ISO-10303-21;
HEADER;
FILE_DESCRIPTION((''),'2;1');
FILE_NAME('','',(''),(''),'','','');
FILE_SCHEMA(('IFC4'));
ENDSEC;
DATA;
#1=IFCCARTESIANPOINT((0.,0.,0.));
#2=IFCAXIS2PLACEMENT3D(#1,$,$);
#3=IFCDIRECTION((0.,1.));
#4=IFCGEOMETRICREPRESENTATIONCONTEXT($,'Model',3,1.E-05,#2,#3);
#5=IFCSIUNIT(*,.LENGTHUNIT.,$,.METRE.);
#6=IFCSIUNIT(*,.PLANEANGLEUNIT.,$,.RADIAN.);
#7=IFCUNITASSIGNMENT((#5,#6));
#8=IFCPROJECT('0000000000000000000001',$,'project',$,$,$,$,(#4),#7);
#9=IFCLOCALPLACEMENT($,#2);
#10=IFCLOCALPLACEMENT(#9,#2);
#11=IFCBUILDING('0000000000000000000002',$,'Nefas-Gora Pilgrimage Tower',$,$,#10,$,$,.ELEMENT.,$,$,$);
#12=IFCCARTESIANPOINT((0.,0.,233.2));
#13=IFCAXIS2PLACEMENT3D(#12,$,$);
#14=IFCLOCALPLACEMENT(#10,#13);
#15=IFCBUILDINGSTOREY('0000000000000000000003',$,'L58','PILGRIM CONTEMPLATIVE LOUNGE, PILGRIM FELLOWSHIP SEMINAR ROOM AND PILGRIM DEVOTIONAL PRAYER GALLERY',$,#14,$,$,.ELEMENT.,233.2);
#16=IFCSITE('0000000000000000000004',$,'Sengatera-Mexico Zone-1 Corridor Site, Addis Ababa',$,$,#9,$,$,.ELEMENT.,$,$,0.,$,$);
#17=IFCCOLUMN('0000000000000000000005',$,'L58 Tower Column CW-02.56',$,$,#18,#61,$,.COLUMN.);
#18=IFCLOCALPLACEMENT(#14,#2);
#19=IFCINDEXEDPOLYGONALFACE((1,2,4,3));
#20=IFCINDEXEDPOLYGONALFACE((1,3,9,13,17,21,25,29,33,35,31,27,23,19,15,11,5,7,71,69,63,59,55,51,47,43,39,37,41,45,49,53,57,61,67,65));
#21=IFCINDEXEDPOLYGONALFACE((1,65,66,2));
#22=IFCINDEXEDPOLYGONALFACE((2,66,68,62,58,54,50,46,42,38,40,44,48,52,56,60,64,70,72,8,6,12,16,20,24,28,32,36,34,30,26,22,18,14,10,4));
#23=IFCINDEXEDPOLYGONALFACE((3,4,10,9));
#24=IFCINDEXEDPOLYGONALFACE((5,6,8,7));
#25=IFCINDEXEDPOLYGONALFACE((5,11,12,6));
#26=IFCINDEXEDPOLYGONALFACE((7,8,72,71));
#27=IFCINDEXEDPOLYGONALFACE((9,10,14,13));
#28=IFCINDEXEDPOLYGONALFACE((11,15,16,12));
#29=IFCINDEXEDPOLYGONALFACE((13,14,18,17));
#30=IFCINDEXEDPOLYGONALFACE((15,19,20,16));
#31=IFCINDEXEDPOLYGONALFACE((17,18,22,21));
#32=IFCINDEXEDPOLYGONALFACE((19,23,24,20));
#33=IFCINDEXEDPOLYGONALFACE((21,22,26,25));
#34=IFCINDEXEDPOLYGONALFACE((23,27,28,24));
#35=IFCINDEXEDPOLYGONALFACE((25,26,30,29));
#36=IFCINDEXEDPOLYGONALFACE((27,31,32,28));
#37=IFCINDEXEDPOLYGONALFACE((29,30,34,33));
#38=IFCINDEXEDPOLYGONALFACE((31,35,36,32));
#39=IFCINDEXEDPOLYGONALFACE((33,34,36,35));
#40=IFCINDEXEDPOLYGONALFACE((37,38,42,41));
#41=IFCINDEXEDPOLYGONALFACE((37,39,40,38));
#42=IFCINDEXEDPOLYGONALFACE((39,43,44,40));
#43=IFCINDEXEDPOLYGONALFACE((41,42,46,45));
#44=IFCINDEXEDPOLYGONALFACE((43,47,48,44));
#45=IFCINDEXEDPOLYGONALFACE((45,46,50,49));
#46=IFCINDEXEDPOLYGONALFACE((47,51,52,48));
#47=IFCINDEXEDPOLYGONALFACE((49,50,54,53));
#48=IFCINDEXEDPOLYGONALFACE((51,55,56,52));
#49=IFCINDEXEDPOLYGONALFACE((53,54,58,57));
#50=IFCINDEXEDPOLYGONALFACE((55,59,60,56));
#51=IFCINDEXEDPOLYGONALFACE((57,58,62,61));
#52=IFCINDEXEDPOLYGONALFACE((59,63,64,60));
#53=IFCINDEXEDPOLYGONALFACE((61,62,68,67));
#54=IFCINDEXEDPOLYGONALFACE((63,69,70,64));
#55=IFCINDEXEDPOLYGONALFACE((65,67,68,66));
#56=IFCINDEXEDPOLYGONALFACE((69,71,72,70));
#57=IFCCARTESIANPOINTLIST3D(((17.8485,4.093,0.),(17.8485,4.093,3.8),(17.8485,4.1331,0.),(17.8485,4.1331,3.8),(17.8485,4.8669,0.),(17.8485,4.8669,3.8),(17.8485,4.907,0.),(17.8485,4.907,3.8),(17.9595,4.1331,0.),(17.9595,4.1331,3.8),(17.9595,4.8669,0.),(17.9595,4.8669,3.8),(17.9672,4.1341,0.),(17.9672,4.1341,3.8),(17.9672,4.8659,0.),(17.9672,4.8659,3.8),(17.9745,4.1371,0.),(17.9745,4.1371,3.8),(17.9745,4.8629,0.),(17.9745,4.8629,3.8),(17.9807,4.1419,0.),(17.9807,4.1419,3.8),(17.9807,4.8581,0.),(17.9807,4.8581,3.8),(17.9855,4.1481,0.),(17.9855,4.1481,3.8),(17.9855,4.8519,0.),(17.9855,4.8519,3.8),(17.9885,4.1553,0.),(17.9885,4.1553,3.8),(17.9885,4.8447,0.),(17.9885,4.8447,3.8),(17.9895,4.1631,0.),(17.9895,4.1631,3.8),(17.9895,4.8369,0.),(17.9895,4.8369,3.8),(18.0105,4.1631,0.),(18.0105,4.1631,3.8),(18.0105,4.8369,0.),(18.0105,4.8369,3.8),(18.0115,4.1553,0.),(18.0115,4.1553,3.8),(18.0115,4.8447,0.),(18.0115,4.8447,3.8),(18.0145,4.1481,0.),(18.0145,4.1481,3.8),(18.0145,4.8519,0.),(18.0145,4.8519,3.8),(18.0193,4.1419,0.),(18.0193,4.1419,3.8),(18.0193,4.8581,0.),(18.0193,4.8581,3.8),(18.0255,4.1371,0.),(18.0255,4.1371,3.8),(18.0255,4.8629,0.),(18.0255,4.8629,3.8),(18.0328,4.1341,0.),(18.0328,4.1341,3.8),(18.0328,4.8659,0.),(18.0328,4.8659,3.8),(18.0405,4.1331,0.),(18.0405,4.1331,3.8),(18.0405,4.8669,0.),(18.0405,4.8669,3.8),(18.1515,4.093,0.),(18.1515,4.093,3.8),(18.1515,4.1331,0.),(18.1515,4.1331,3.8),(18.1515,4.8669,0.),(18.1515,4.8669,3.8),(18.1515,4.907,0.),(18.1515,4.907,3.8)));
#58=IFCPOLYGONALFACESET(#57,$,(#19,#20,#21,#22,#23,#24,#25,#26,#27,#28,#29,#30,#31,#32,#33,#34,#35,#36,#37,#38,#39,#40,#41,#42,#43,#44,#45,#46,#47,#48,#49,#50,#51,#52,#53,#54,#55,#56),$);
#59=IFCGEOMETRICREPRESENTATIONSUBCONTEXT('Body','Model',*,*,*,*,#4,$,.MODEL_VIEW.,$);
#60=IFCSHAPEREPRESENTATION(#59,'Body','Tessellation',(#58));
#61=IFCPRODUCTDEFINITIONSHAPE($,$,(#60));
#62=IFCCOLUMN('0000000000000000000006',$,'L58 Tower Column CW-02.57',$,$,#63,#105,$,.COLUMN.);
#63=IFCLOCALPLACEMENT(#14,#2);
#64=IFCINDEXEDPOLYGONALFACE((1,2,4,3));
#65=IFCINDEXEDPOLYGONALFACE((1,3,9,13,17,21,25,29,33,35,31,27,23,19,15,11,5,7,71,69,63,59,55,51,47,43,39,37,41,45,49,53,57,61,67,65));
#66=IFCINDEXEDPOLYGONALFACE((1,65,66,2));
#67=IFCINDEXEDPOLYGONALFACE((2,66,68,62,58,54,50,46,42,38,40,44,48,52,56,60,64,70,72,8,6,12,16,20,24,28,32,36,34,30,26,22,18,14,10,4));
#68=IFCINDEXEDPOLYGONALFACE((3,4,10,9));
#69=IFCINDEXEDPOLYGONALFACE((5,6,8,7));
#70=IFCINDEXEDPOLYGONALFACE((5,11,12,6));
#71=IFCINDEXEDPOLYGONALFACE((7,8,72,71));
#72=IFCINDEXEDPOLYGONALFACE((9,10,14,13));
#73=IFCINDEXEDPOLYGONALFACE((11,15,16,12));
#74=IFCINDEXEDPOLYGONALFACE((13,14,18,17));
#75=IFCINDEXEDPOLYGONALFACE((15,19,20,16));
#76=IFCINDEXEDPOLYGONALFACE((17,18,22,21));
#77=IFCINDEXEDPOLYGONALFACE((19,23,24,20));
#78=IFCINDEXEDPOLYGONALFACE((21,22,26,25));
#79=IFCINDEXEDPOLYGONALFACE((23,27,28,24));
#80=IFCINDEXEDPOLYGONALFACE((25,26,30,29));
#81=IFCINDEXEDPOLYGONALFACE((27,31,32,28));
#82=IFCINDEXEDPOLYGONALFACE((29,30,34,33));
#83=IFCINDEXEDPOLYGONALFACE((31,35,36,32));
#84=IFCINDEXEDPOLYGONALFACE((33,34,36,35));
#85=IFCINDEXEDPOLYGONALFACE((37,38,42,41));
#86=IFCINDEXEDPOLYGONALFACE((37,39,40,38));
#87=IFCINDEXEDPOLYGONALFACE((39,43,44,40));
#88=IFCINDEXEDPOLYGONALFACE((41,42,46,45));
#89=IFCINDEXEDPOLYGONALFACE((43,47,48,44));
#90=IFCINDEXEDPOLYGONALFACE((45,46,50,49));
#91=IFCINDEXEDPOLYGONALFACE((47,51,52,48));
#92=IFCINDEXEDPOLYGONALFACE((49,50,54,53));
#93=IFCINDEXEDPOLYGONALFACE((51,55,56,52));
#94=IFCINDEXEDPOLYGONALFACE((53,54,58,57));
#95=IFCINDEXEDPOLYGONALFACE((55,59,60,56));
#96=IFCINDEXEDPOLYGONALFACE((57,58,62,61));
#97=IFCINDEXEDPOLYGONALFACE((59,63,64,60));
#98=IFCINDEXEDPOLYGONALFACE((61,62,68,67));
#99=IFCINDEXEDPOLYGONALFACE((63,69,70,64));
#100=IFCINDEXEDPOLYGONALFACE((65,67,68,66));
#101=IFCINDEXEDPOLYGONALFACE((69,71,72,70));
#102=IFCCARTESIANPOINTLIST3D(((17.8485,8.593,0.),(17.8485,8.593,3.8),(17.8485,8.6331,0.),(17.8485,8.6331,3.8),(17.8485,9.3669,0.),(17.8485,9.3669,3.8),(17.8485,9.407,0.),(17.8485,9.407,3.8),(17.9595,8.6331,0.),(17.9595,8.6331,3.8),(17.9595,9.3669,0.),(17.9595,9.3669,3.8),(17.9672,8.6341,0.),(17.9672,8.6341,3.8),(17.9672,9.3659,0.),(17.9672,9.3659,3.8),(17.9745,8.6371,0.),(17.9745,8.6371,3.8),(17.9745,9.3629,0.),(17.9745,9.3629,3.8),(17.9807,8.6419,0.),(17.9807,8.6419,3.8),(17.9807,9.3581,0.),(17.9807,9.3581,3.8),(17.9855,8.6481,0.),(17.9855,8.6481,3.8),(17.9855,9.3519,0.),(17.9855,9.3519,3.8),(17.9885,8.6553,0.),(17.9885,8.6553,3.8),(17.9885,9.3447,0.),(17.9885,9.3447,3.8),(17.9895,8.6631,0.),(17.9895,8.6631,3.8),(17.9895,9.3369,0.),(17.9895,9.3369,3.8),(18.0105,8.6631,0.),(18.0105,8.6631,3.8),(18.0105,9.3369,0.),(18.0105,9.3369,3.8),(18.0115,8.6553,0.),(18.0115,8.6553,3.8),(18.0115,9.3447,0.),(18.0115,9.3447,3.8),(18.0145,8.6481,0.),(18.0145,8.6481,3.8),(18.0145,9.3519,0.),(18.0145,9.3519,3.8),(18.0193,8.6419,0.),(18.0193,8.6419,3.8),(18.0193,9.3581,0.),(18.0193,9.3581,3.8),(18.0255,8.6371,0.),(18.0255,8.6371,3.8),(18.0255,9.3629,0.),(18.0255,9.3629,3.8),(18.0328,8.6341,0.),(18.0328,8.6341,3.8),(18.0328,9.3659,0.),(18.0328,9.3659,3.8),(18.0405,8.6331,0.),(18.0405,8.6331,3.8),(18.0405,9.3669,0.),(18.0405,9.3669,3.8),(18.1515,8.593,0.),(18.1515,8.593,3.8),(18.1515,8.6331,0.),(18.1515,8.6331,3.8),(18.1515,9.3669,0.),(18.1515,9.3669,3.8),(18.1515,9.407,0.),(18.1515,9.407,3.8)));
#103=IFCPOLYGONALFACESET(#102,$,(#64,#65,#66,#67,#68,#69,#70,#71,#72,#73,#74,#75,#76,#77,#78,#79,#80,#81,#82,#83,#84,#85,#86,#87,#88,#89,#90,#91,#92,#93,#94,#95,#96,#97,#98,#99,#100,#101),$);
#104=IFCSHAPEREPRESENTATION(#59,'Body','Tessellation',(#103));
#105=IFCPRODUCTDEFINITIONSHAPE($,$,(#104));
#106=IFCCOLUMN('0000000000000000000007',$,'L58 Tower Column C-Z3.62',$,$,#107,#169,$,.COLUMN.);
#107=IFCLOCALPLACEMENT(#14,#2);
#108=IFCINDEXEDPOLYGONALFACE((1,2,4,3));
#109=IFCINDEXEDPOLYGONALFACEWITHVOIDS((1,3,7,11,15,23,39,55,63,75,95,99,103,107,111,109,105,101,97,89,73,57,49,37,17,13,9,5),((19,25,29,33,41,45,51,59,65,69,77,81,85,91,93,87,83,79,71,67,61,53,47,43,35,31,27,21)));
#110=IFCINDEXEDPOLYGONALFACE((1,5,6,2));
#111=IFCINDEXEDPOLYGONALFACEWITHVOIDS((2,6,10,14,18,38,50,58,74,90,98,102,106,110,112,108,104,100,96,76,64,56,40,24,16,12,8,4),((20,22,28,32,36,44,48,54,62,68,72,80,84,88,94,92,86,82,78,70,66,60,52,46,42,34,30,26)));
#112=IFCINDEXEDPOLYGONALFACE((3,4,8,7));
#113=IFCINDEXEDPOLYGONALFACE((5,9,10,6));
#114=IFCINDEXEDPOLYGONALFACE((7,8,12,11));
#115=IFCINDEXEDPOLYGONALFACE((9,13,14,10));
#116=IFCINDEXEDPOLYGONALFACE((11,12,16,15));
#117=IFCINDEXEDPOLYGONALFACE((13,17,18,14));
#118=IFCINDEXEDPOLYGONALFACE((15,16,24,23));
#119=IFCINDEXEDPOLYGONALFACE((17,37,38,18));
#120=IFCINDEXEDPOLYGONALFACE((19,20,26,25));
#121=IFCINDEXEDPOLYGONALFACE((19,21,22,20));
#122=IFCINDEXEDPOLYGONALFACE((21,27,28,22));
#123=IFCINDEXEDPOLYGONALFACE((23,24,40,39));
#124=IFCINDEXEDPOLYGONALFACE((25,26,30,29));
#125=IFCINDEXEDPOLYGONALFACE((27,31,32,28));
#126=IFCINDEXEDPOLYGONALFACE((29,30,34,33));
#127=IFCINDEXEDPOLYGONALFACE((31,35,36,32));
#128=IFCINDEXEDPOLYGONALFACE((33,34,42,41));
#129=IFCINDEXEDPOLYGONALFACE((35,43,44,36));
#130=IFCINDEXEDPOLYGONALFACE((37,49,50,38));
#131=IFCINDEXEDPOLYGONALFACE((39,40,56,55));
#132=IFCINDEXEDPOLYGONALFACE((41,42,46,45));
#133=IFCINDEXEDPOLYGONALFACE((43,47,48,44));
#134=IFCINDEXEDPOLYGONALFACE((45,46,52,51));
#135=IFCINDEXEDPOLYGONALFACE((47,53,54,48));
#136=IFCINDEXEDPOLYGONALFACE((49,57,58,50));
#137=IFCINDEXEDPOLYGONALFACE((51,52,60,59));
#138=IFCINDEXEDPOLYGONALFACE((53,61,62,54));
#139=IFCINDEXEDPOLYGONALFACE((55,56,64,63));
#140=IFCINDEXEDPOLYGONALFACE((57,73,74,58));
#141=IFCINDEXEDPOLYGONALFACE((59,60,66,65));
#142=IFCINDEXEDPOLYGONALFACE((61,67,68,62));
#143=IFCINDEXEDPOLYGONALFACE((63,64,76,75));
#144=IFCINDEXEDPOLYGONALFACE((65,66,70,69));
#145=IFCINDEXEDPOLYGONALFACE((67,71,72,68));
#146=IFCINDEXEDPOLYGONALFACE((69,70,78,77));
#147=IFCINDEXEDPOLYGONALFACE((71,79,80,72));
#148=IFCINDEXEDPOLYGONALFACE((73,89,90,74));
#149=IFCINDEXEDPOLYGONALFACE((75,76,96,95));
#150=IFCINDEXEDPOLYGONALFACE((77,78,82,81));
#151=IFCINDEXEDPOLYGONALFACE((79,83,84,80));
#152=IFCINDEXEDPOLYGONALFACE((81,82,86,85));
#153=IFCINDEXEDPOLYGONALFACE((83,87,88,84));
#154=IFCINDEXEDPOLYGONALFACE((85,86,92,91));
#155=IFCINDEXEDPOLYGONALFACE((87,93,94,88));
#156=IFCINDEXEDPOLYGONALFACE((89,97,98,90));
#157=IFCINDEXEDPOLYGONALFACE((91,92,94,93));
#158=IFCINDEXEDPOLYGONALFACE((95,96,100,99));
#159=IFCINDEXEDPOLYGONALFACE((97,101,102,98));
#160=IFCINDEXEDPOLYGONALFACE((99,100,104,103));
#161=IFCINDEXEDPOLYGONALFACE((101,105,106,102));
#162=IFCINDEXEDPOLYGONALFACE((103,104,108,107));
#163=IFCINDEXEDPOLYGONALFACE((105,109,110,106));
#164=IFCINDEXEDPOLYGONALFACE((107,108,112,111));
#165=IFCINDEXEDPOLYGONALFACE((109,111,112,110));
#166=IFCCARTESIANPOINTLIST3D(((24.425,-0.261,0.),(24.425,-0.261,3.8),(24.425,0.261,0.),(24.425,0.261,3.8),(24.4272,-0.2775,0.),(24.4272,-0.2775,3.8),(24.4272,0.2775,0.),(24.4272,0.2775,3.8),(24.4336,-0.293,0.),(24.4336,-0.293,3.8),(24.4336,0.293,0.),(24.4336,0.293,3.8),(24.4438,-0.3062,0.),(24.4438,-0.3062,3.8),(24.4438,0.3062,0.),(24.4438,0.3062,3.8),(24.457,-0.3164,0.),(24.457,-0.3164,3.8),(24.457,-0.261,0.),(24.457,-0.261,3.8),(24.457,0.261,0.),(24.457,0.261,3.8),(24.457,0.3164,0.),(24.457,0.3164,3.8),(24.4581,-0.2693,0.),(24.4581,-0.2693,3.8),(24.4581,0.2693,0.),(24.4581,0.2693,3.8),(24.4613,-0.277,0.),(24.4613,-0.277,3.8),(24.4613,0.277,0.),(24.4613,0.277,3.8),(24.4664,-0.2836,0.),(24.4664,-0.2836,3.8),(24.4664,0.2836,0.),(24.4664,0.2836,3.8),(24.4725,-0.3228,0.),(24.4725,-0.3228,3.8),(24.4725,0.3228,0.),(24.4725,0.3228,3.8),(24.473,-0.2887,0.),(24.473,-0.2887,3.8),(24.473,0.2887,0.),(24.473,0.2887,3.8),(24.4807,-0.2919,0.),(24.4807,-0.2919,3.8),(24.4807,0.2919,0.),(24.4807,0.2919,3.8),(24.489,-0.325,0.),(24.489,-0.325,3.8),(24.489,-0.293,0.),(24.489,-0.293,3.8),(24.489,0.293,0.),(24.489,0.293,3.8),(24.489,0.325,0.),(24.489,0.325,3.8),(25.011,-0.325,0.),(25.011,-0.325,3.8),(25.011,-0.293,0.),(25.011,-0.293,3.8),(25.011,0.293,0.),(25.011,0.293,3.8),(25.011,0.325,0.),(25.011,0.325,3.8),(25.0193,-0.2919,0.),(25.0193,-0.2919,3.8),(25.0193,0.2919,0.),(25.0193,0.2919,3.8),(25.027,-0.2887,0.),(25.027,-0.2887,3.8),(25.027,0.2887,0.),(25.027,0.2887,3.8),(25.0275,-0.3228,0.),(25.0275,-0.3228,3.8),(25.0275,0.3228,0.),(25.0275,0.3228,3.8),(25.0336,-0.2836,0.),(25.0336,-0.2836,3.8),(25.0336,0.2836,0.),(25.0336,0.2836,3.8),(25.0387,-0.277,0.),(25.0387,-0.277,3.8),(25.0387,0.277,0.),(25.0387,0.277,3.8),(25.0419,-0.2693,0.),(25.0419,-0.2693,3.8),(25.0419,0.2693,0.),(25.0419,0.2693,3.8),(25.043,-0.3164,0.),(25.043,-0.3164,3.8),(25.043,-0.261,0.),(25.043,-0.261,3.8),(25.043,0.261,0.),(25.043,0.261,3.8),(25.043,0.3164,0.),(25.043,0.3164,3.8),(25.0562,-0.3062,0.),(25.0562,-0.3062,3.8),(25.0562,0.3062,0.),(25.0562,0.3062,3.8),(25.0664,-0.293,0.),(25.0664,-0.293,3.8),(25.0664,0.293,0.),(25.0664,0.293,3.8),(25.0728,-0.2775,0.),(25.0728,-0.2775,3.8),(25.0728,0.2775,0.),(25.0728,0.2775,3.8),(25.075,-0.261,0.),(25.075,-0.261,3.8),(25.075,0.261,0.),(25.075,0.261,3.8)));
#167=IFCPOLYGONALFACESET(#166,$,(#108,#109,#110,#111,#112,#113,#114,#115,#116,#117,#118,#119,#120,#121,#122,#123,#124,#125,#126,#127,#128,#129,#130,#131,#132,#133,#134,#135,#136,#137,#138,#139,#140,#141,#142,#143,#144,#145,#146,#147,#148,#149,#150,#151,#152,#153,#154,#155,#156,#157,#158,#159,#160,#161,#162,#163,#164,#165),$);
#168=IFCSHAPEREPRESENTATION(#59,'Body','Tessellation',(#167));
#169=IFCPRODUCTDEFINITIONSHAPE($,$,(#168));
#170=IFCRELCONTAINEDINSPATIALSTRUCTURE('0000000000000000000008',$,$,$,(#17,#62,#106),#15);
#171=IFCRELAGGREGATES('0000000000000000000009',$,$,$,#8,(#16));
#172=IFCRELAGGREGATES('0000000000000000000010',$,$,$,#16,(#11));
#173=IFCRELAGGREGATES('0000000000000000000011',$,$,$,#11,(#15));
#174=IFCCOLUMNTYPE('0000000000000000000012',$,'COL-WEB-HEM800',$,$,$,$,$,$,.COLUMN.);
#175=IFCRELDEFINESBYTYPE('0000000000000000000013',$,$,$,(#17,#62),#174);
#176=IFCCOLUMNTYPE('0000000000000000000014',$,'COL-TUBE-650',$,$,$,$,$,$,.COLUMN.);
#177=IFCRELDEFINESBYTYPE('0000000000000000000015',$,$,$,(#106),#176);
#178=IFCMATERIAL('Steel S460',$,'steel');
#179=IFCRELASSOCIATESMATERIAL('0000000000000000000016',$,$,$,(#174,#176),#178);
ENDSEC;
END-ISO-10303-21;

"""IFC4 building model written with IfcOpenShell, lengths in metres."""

from ifc_helpers import new_model, si_unit, direction, frame, origin, origin_2d, place, context, subcontext, project, spatial, hollow_rectangle, i_section, extrude, source, transform, mapped, material, material_profile, profile_set, type_object, element, save


model = new_model("IFC4")

# Units and contexts
model_context = context("Model", 3, precision=1e-05, world=origin(), true_north=direction((0.0, 1.0)))
body_context = subcontext(model_context, "Body", "Model", "MODEL_VIEW")
ifc_project = project(units=[si_unit("LENGTHUNIT", "METRE"), si_unit("PLANEANGLEUNIT", "RADIAN")], contexts=[model_context])

# Site, building, storey
site_placement = place(None, origin())
site = spatial("IfcSite", under=ifc_project, at=site_placement, Name="Sengatera-Mexico Zone-1 Corridor Site, Addis Ababa", CompositionType="ELEMENT", RefElevation=0.0)
building_placement = place(site_placement, origin())
building = spatial("IfcBuilding", under=site, at=building_placement, Name="Nefas-Gora Pilgrimage Tower", CompositionType="ELEMENT")
storey_placement = place(building_placement, frame((0.0, 0.0, 233.2)))
storey = spatial("IfcBuildingStorey", under=building, at=storey_placement, Name="L58", Description="PILGRIM CONTEMPLATIVE LOUNGE, PILGRIM FELLOWSHIP SEMINAR ROOM AND PILGRIM DEVOTIONAL PRAYER GALLERY", CompositionType="ELEMENT", Elevation=233.2)

# Columns
ifc_material_1 = material(Name="Steel S460", Category="steel")
ifc_material_profile_1 = material_profile(ifc_material_1, i_section(OverallWidth=0.303, OverallDepth=0.814, WebThickness=0.021, FlangeThickness=0.04, FilletRadius=0.03, at=origin_2d()), Name="HEM 800")
ifc_profile_set_1 = profile_set([ifc_material_profile_1], Name="Steel S460")
column_type_1 = type_object("IfcColumnType", Name="COL-WEB-HEM800", PredefinedType="COLUMN", material=ifc_profile_set_1)
shared_shape_1 = source(origin(), body_context, "Body", "SweptSolid", [
    extrude(i_section(OverallWidth=0.303, OverallDepth=0.814, WebThickness=0.021, FlangeThickness=0.04, FilletRadius=0.03, at=origin_2d()), origin(), (0.0, 0.0, 1.0), 3.8),
])
for number, where, z_axis, x_axis, name in (
    (1, (18.0, 4.5, 0.0), (0.0, 0.0, 1.0), (1.0, 0.0, 0.0), "L58 Tower Column CW-02.56"),
    (2, (18.0, 9.0, 0.0), (0.0, 0.0, 1.0), (1.0, 0.0, 0.0), "L58 Tower Column CW-02.57"),
):
    element("IfcColumn", number, at=place(storey_placement, frame(where, z_axis=z_axis, x_axis=x_axis)), inside=storey, type_object=column_type_1, Name=name, PredefinedType="COLUMN", context=body_context, shape_type="MappedRepresentation", body=[
        mapped(shared_shape_1, transform((0.0, 0.0, 0.0), x_axis=(1.0, 0.0, 0.0), y_axis=(0.0, 1.0, 0.0), z_axis=(0.0, 0.0, 1.0), scale=1.0)),
    ])
ifc_material_profile_2 = material_profile(ifc_material_1, hollow_rectangle(XDim=0.6499, YDim=0.6499, WallThickness=0.032, InnerFilletRadius=0.032, OuterFilletRadius=0.064, at=origin_2d()), Name="BOX 650x650x32")
ifc_profile_set_2 = profile_set([ifc_material_profile_2], Name="Steel S460")
column_type_2 = type_object("IfcColumnType", Name="COL-TUBE-650", PredefinedType="COLUMN", material=ifc_profile_set_2)
shared_shape_2 = source(origin(), body_context, "Body", "SweptSolid", [
    extrude(hollow_rectangle(XDim=0.6499, YDim=0.6499, WallThickness=0.032, InnerFilletRadius=0.032, OuterFilletRadius=0.064, at=origin_2d()), origin(), (0.0, 0.0, 1.0), 3.8),
])
for number, where, z_axis, x_axis, name in (
    (3, (24.75, 0.0, 0.0), (0.0, 0.0, 1.0), (1.0, 0.0, 0.0), "L58 Tower Column C-Z3.62"),
):
    element("IfcColumn", number, at=place(storey_placement, frame(where, z_axis=z_axis, x_axis=x_axis)), inside=storey, type_object=column_type_2, Name=name, PredefinedType="COLUMN", context=body_context, shape_type="MappedRepresentation", body=[
        mapped(shared_shape_2, transform((0.0, 0.0, 0.0), x_axis=(1.0, 0.0, 0.0), y_axis=(0.0, 1.0, 0.0), z_axis=(0.0, 0.0, 1.0), scale=1.0)),
    ])

save(model, "model.ifc")
